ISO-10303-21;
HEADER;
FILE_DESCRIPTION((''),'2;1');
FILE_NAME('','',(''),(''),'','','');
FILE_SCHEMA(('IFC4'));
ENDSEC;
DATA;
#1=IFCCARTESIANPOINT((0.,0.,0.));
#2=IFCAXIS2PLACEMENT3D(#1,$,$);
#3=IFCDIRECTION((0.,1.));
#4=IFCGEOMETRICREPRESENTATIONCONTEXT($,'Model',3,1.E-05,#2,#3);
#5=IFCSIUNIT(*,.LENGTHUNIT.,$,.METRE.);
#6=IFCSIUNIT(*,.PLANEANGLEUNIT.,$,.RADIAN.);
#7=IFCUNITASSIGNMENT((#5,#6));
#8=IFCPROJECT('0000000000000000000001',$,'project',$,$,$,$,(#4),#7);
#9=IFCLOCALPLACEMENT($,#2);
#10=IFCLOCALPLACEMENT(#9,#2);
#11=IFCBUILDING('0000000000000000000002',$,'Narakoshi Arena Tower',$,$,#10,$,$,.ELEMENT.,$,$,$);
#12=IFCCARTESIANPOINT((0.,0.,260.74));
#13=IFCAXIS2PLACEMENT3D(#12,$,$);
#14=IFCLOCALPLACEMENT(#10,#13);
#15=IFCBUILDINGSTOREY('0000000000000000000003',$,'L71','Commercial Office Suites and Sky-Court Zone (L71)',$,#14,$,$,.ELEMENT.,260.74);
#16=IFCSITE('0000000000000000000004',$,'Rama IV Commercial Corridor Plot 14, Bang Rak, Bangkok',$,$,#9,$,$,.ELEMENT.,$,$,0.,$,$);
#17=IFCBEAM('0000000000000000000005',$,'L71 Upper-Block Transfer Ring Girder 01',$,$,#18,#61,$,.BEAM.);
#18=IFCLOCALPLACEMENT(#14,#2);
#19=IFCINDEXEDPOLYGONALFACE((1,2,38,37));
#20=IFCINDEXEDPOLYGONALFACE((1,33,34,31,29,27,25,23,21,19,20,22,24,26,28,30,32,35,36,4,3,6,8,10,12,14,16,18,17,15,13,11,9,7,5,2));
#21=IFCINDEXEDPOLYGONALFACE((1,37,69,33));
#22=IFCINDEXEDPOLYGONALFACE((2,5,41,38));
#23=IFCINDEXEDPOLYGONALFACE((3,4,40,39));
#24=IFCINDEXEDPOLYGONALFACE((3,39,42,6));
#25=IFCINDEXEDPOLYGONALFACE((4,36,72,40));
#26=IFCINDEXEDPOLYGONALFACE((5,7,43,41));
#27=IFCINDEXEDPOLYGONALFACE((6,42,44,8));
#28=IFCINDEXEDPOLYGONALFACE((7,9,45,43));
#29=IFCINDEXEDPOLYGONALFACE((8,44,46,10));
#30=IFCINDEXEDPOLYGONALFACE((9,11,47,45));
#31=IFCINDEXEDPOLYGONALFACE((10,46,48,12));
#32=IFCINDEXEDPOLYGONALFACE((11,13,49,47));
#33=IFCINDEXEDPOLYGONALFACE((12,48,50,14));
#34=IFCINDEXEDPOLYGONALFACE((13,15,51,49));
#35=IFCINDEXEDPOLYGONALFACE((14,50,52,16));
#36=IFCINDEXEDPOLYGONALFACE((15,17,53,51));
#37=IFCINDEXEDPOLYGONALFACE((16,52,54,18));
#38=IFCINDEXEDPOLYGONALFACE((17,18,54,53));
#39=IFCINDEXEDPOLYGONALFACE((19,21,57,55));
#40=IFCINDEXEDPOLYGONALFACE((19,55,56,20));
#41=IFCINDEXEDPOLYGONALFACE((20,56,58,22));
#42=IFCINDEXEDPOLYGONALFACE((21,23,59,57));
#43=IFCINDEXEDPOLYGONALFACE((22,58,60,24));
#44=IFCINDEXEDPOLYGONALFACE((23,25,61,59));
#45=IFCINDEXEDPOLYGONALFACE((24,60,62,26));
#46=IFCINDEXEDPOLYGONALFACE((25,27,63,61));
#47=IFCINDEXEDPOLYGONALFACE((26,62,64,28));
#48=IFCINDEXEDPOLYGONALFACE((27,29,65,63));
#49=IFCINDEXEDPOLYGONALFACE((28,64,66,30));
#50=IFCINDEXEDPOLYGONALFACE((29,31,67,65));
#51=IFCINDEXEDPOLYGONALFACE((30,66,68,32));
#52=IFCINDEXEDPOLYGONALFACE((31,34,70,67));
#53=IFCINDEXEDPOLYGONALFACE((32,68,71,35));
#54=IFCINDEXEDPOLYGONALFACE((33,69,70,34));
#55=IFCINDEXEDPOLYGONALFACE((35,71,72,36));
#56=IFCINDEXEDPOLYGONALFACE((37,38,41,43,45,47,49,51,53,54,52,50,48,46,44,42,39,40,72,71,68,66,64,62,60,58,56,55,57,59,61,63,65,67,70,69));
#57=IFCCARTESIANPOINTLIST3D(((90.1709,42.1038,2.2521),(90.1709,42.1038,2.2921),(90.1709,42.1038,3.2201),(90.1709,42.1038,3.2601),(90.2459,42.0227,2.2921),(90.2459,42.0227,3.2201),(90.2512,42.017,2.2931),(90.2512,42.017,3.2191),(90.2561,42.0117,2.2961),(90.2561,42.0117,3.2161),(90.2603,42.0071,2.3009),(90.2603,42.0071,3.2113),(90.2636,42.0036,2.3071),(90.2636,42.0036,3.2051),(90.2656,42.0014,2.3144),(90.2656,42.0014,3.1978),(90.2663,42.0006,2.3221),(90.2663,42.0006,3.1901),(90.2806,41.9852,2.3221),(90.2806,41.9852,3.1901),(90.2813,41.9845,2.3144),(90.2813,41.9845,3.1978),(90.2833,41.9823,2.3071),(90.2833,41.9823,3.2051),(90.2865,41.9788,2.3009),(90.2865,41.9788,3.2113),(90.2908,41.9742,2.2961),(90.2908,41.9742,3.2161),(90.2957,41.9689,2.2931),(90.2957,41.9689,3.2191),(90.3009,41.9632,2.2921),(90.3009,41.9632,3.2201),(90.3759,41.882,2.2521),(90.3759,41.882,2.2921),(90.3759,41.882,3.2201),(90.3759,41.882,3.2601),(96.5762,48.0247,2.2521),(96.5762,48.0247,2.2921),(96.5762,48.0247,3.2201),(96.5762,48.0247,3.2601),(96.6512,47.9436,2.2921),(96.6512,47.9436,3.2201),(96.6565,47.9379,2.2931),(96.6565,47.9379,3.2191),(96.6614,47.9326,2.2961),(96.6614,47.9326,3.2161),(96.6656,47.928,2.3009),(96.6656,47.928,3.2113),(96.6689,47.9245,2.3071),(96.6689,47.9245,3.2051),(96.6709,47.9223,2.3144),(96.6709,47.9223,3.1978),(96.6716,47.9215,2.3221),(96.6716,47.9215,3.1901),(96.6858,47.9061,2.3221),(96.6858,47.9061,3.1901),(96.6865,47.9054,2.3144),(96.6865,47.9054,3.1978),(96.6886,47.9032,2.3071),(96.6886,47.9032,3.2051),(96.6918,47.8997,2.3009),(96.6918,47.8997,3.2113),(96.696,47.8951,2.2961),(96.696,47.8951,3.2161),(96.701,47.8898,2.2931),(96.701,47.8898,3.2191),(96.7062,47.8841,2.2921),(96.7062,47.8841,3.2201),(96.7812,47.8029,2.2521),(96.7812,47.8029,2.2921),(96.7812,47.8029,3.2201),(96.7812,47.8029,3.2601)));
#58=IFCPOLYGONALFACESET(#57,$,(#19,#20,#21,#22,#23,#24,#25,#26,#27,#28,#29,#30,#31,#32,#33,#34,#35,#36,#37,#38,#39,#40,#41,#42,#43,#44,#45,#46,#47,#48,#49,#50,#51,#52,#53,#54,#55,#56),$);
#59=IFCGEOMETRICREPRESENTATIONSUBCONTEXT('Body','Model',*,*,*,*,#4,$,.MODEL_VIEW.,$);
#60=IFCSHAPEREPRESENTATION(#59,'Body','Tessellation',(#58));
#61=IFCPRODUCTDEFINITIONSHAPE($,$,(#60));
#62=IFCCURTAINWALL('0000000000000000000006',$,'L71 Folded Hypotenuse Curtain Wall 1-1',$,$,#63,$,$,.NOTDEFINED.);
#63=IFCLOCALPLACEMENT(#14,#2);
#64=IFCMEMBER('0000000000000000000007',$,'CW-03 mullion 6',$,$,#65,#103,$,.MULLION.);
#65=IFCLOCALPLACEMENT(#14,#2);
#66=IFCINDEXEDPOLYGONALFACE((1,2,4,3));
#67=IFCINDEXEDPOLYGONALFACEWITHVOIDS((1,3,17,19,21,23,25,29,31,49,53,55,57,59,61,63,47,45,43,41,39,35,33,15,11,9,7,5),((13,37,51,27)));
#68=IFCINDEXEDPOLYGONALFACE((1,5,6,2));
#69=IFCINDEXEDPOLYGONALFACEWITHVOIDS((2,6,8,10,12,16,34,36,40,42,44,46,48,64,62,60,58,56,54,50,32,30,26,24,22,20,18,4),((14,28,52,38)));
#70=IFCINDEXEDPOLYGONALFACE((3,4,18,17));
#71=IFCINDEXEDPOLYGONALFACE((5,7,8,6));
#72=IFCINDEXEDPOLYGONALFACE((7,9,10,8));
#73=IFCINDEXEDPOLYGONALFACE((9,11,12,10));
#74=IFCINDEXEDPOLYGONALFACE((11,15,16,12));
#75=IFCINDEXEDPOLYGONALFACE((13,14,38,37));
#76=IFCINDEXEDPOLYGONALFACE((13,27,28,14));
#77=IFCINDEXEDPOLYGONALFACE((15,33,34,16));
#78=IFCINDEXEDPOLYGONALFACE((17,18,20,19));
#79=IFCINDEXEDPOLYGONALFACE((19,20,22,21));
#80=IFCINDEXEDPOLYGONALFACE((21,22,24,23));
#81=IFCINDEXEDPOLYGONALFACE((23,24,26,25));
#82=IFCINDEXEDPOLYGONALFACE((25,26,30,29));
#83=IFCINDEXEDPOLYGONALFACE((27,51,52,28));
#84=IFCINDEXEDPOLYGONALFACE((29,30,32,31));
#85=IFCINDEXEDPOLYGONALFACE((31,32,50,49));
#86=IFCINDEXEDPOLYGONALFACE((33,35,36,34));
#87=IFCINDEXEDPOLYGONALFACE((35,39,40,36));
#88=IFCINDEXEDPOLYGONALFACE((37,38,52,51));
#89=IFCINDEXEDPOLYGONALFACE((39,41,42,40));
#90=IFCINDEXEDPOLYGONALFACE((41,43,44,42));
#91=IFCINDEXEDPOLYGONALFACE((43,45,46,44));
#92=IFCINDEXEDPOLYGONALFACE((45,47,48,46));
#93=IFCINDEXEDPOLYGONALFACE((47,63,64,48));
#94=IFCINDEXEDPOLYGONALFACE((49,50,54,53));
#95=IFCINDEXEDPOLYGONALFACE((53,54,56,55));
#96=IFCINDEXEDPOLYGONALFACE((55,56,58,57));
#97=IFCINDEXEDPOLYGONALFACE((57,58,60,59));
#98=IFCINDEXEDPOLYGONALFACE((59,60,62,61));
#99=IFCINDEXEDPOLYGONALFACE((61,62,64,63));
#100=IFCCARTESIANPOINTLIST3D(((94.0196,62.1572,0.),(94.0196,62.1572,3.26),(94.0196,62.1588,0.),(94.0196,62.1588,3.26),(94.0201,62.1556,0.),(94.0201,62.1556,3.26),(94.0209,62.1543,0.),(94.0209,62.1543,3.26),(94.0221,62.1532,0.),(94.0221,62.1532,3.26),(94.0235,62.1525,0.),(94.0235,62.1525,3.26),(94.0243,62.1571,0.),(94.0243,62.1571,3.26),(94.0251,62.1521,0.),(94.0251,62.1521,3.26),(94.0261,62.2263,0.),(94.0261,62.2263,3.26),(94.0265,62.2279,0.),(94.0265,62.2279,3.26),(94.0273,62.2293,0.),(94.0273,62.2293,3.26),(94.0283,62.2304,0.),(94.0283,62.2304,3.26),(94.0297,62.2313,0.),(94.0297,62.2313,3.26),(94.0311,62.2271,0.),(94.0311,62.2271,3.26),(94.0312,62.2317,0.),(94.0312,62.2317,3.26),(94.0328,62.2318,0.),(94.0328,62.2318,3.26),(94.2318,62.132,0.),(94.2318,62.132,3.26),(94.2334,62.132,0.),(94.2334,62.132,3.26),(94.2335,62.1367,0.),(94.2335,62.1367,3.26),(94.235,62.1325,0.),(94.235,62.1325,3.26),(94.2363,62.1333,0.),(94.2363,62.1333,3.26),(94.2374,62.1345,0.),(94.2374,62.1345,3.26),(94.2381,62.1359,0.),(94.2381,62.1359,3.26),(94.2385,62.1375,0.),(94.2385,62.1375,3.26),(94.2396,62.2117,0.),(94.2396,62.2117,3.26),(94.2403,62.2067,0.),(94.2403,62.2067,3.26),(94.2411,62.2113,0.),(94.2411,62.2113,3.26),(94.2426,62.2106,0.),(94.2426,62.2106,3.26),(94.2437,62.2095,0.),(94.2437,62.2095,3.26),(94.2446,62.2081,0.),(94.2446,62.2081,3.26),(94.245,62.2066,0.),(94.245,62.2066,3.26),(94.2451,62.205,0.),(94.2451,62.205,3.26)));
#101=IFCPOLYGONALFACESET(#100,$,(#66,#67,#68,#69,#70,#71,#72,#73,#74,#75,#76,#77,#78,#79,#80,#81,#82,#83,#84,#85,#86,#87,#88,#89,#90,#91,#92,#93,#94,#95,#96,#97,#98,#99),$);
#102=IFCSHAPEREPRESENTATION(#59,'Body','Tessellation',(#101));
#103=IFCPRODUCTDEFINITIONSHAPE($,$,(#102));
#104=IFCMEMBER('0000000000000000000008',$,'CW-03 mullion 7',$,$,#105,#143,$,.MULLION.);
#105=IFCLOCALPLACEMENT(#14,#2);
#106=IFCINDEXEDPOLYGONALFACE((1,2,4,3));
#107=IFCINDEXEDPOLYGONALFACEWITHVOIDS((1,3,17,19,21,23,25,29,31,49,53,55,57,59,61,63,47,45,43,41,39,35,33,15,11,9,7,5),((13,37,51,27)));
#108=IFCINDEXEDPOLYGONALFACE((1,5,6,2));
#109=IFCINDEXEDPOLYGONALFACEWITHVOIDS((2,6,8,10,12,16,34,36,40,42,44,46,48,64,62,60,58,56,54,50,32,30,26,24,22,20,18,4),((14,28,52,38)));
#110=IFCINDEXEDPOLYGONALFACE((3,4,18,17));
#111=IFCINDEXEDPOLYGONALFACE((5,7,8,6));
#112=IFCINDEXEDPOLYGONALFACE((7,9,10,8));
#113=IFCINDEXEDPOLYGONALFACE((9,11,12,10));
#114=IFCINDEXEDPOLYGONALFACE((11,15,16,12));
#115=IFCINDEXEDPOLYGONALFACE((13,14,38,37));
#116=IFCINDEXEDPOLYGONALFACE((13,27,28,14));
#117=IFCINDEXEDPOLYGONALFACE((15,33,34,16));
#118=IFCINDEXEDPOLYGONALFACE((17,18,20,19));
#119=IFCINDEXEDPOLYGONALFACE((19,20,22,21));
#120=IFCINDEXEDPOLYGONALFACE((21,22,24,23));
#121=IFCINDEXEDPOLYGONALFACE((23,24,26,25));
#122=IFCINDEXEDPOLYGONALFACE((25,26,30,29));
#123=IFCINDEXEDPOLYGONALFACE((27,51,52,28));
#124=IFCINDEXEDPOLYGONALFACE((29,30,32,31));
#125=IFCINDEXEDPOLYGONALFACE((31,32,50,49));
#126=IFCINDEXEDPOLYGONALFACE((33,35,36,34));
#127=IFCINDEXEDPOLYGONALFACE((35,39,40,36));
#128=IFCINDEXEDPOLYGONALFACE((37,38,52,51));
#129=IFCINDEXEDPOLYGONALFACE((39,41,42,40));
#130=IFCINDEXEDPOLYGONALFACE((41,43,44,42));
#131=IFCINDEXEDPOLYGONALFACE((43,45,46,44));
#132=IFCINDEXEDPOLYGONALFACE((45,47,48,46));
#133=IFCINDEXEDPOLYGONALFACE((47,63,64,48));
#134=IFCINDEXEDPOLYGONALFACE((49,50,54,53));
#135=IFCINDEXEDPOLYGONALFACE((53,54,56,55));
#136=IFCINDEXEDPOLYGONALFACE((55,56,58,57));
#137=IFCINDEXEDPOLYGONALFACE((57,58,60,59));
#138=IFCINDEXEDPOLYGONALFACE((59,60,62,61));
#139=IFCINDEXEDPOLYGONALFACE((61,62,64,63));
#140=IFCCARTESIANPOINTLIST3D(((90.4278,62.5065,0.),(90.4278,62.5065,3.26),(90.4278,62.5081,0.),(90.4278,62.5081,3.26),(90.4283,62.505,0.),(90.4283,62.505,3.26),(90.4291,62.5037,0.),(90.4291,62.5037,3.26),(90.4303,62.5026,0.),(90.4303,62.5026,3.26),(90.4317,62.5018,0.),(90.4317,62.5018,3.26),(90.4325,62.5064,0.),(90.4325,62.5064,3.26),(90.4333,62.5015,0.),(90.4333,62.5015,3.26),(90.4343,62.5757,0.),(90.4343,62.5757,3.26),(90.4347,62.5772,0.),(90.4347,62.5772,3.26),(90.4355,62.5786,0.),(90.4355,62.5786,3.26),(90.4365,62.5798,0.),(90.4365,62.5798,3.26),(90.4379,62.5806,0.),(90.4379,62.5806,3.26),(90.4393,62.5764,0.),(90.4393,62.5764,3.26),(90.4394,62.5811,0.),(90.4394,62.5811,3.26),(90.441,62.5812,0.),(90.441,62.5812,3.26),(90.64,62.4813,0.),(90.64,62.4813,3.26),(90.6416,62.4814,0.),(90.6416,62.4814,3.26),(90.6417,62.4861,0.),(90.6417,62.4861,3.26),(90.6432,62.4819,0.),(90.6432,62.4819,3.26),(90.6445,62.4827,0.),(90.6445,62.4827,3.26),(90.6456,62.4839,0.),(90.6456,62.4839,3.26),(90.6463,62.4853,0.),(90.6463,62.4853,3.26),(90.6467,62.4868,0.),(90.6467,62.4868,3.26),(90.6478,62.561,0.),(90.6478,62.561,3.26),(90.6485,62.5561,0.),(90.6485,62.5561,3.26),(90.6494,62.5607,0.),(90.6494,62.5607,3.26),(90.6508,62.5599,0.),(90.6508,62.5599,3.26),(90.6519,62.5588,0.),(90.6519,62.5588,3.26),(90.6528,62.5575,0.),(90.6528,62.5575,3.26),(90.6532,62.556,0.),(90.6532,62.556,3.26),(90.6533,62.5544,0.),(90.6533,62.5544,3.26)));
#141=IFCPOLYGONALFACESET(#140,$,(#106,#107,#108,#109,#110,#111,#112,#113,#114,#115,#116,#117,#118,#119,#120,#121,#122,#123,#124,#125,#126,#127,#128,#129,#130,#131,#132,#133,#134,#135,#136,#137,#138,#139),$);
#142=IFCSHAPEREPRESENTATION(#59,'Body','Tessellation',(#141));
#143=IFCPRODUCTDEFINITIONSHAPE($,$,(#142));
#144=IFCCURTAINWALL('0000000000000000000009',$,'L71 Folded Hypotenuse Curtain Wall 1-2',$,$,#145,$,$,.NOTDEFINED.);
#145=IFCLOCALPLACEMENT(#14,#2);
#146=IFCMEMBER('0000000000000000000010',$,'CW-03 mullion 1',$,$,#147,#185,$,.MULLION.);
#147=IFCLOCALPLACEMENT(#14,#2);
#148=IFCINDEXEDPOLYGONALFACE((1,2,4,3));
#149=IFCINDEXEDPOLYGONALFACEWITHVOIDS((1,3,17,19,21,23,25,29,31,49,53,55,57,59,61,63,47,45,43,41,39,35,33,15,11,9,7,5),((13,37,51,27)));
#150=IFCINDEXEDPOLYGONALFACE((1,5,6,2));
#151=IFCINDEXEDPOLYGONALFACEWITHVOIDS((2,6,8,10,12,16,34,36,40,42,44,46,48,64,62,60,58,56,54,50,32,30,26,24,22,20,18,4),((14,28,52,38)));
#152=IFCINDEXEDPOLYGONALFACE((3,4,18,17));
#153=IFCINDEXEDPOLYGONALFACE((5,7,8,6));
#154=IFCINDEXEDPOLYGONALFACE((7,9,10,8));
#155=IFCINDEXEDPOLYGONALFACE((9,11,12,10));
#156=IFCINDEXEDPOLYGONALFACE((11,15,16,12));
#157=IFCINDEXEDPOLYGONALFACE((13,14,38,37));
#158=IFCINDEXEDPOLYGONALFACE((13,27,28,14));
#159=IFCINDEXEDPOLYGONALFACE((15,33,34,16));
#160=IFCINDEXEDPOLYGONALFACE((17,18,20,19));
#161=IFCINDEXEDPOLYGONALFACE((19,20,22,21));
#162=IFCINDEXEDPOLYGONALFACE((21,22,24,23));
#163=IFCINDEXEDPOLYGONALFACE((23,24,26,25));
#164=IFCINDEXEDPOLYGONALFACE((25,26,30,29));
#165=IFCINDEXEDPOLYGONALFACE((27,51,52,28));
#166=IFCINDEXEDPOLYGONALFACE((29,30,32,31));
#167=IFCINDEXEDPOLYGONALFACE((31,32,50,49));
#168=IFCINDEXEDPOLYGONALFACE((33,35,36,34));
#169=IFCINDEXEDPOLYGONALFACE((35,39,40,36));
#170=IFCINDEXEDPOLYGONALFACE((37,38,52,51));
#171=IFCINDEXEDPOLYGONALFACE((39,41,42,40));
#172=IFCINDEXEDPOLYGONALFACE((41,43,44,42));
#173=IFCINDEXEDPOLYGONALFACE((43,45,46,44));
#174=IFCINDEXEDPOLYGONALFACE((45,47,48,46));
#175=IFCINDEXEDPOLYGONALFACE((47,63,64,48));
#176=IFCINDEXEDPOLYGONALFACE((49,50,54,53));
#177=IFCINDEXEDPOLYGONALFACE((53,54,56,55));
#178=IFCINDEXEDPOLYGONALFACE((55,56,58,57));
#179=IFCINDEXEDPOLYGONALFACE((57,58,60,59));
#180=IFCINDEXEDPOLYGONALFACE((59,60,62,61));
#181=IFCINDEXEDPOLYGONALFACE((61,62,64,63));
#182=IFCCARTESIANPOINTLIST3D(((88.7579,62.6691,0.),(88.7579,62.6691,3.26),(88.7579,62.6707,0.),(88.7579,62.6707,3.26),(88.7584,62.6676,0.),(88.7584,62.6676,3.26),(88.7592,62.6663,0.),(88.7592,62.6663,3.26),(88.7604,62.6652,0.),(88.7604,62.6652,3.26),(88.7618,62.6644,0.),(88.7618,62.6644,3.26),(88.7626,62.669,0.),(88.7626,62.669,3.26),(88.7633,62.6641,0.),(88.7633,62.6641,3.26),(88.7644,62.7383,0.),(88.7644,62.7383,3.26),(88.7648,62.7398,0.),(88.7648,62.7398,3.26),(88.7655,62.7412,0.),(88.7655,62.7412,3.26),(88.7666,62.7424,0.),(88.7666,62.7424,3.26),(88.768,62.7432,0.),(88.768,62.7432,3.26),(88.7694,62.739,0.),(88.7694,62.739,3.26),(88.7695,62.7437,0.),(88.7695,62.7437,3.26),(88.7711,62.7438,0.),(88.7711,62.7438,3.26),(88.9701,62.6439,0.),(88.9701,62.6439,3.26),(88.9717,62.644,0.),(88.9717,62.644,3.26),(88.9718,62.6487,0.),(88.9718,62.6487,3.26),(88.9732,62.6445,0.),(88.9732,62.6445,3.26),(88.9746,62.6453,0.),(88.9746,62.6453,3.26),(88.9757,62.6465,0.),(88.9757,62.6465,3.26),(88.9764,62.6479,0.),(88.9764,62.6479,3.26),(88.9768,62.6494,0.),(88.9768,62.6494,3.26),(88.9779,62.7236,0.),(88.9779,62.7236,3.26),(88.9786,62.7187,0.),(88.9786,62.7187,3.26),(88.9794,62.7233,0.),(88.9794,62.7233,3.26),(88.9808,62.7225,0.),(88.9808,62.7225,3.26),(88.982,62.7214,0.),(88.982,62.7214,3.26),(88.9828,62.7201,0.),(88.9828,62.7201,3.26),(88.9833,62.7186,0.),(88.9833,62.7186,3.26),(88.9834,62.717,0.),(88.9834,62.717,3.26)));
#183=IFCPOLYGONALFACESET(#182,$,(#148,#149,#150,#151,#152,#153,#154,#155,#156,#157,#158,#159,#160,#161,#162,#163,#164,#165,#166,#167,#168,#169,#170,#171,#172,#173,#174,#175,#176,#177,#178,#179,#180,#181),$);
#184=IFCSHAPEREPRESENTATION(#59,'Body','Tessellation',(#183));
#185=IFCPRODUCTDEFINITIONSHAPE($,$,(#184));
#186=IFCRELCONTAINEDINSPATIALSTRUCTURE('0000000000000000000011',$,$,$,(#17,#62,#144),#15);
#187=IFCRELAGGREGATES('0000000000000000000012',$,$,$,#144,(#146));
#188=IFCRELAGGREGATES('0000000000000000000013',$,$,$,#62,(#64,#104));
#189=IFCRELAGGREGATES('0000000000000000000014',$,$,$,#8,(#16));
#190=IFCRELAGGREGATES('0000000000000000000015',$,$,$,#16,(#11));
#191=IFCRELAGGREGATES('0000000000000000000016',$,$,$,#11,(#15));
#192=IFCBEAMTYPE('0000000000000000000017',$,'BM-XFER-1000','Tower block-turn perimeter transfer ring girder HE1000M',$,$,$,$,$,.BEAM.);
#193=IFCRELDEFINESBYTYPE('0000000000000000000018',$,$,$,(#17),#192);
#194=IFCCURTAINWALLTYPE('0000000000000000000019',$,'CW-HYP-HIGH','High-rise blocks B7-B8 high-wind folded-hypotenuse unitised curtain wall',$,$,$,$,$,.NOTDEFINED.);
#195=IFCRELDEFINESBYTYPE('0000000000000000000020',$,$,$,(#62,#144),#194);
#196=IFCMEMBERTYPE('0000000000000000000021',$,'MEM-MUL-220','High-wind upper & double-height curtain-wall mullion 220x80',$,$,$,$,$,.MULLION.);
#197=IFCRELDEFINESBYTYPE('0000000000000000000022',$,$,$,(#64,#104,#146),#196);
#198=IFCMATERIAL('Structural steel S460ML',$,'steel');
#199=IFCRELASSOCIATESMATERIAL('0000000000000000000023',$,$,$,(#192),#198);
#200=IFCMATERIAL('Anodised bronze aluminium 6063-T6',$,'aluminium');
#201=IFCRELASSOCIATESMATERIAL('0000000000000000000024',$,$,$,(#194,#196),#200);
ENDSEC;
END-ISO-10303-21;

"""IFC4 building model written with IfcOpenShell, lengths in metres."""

from ifc_helpers import new_model, si_unit, direction, frame, origin, origin_2d, place, context, subcontext, project, spatial, hollow_rectangle, i_section, extrude, material, material_profile, profile_set, type_object, element, aggregate, save


model = new_model("IFC4")

# Units and contexts
model_context = context("Model", 3, precision=1e-05, world=origin(), true_north=direction((0.0, 1.0)))
body_context = subcontext(model_context, "Body", "Model", "MODEL_VIEW")
ifc_project = project(units=[si_unit("LENGTHUNIT", "METRE"), si_unit("PLANEANGLEUNIT", "RADIAN")], contexts=[model_context])

# Site, building, storey
site_placement = place(None, origin())
site = spatial("IfcSite", under=ifc_project, at=site_placement, Name="Rama IV Commercial Corridor Plot 14, Bang Rak, Bangkok", CompositionType="ELEMENT", RefElevation=0.0)
building_placement = place(site_placement, origin())
building = spatial("IfcBuilding", under=site, at=building_placement, Name="Narakoshi Arena Tower", CompositionType="ELEMENT")
storey_placement = place(building_placement, frame((0.0, 0.0, 260.74)))
storey = spatial("IfcBuildingStorey", under=building, at=storey_placement, Name="L71", Description="Commercial Office Suites and Sky-Court Zone (L71)", CompositionType="ELEMENT", Elevation=260.74)

# Beam
ifc_material_1 = material(Name="Structural steel S460ML", Category="steel")
ifc_material_profile_1 = material_profile(ifc_material_1, i_section(OverallWidth=0.302, OverallDepth=1.0081, WebThickness=0.021, FlangeThickness=0.04, FilletRadius=0.03, at=origin_2d()), Name="HE1000M")
ifc_profile_set_1 = profile_set([ifc_material_profile_1], Name="Structural steel S460ML")
beam_type = type_object("IfcBeamType", Name="BM-XFER-1000", Description="Tower block-turn perimeter transfer ring girder HE1000M", PredefinedType="BEAM", material=ifc_profile_set_1)
beam_1_placement = place(storey_placement, frame((90.2734, 41.9929, 2.7561), z_axis=(0.734327, 0.678796, 0.0), x_axis=(-0.678796, 0.734327, 0.0)))
element("IfcBeam", 1, at=beam_1_placement, inside=storey, type_object=beam_type, Name="L71 Upper-Block Transfer Ring Girder 01", PredefinedType="BEAM", context=body_context, shape_type="SweptSolid", body=[
    extrude(i_section(OverallWidth=0.302, OverallDepth=1.0081, WebThickness=0.021, FlangeThickness=0.04, FilletRadius=0.03, at=origin_2d()), origin(), (0.0, 0.0, 1.0), 8.7227),
])

# Curtain wall, members
ifc_material_2 = material(Name="Anodised bronze aluminium 6063-T6", Category="aluminium")
curtain_wall_type = type_object("IfcCurtainWallType", Name="CW-HYP-HIGH", Description="High-rise blocks B7-B8 high-wind folded-hypotenuse unitised curtain wall", PredefinedType="NOTDEFINED", material=ifc_material_2)
curtain_wall_1_placement = place(storey_placement, origin())
curtain_wall_1 = element("IfcCurtainWall", 2, at=curtain_wall_1_placement, inside=storey, type_object=curtain_wall_type, Name="L71 Folded Hypotenuse Curtain Wall 1-1", PredefinedType="NOTDEFINED")
ifc_material_profile_2 = material_profile(ifc_material_2, hollow_rectangle(XDim=0.0801, YDim=0.22, WallThickness=0.0049, OuterFilletRadius=0.0061, at=origin_2d()), Name="MUL220x80x5")
ifc_profile_set_2 = profile_set([ifc_material_profile_2], Name="Anodised bronze aluminium 6063-T6")
member_type_1 = type_object("IfcMemberType", Name="MEM-MUL-220", Description="High-wind upper & double-height curtain-wall mullion 220x80", PredefinedType="MULLION", material=ifc_profile_set_2)
member_1_placement = place(storey_placement, frame((94.1323, 62.1819, 0.0), z_axis=(0.0, 0.0, 1.0), x_axis=(-0.096851, -0.995299, 0.0)))
member_1 = element("IfcMember", 3, at=member_1_placement, type_object=member_type_1, Name="CW-03 mullion 6", PredefinedType="MULLION", context=body_context, shape_type="SweptSolid", body=[
    extrude(hollow_rectangle(XDim=0.0801, YDim=0.22, WallThickness=0.0049, OuterFilletRadius=0.0061, at=origin_2d()), origin(), (0.0, 0.0, 1.0), 3.26),
])
member_2_placement = place(storey_placement, frame((90.5405, 62.5312, 0.0), z_axis=(0.0, 0.0, 1.0), x_axis=(-0.096851, -0.995299, 0.0)))
member_2 = element("IfcMember", 4, at=member_2_placement, type_object=member_type_1, Name="CW-03 mullion 7", PredefinedType="MULLION", context=body_context, shape_type="SweptSolid", body=[
    extrude(hollow_rectangle(XDim=0.0801, YDim=0.22, WallThickness=0.0049, OuterFilletRadius=0.0061, at=origin_2d()), origin(), (0.0, 0.0, 1.0), 3.26),
])

# Curtain wall, member
curtain_wall_2_placement = place(storey_placement, origin())
curtain_wall_2 = element("IfcCurtainWall", 5, at=curtain_wall_2_placement, inside=storey, type_object=curtain_wall_type, Name="L71 Folded Hypotenuse Curtain Wall 1-2", PredefinedType="NOTDEFINED")
member_3_placement = place(storey_placement, frame((88.8706, 62.6938, 0.0), z_axis=(0.0, 0.0, 1.0), x_axis=(-0.096843, -0.9953, 0.0)))
member_3 = element("IfcMember", 6, at=member_3_placement, type_object=member_type_1, Name="CW-03 mullion 1", PredefinedType="MULLION", context=body_context, shape_type="SweptSolid", body=[
    extrude(hollow_rectangle(XDim=0.0801, YDim=0.22, WallThickness=0.0049, OuterFilletRadius=0.0061, at=origin_2d()), origin(), (0.0, 0.0, 1.0), 3.26),
])

aggregate(curtain_wall_2, [member_3])

aggregate(curtain_wall_1, [member_1, member_2])

save(model, "model.ifc")
